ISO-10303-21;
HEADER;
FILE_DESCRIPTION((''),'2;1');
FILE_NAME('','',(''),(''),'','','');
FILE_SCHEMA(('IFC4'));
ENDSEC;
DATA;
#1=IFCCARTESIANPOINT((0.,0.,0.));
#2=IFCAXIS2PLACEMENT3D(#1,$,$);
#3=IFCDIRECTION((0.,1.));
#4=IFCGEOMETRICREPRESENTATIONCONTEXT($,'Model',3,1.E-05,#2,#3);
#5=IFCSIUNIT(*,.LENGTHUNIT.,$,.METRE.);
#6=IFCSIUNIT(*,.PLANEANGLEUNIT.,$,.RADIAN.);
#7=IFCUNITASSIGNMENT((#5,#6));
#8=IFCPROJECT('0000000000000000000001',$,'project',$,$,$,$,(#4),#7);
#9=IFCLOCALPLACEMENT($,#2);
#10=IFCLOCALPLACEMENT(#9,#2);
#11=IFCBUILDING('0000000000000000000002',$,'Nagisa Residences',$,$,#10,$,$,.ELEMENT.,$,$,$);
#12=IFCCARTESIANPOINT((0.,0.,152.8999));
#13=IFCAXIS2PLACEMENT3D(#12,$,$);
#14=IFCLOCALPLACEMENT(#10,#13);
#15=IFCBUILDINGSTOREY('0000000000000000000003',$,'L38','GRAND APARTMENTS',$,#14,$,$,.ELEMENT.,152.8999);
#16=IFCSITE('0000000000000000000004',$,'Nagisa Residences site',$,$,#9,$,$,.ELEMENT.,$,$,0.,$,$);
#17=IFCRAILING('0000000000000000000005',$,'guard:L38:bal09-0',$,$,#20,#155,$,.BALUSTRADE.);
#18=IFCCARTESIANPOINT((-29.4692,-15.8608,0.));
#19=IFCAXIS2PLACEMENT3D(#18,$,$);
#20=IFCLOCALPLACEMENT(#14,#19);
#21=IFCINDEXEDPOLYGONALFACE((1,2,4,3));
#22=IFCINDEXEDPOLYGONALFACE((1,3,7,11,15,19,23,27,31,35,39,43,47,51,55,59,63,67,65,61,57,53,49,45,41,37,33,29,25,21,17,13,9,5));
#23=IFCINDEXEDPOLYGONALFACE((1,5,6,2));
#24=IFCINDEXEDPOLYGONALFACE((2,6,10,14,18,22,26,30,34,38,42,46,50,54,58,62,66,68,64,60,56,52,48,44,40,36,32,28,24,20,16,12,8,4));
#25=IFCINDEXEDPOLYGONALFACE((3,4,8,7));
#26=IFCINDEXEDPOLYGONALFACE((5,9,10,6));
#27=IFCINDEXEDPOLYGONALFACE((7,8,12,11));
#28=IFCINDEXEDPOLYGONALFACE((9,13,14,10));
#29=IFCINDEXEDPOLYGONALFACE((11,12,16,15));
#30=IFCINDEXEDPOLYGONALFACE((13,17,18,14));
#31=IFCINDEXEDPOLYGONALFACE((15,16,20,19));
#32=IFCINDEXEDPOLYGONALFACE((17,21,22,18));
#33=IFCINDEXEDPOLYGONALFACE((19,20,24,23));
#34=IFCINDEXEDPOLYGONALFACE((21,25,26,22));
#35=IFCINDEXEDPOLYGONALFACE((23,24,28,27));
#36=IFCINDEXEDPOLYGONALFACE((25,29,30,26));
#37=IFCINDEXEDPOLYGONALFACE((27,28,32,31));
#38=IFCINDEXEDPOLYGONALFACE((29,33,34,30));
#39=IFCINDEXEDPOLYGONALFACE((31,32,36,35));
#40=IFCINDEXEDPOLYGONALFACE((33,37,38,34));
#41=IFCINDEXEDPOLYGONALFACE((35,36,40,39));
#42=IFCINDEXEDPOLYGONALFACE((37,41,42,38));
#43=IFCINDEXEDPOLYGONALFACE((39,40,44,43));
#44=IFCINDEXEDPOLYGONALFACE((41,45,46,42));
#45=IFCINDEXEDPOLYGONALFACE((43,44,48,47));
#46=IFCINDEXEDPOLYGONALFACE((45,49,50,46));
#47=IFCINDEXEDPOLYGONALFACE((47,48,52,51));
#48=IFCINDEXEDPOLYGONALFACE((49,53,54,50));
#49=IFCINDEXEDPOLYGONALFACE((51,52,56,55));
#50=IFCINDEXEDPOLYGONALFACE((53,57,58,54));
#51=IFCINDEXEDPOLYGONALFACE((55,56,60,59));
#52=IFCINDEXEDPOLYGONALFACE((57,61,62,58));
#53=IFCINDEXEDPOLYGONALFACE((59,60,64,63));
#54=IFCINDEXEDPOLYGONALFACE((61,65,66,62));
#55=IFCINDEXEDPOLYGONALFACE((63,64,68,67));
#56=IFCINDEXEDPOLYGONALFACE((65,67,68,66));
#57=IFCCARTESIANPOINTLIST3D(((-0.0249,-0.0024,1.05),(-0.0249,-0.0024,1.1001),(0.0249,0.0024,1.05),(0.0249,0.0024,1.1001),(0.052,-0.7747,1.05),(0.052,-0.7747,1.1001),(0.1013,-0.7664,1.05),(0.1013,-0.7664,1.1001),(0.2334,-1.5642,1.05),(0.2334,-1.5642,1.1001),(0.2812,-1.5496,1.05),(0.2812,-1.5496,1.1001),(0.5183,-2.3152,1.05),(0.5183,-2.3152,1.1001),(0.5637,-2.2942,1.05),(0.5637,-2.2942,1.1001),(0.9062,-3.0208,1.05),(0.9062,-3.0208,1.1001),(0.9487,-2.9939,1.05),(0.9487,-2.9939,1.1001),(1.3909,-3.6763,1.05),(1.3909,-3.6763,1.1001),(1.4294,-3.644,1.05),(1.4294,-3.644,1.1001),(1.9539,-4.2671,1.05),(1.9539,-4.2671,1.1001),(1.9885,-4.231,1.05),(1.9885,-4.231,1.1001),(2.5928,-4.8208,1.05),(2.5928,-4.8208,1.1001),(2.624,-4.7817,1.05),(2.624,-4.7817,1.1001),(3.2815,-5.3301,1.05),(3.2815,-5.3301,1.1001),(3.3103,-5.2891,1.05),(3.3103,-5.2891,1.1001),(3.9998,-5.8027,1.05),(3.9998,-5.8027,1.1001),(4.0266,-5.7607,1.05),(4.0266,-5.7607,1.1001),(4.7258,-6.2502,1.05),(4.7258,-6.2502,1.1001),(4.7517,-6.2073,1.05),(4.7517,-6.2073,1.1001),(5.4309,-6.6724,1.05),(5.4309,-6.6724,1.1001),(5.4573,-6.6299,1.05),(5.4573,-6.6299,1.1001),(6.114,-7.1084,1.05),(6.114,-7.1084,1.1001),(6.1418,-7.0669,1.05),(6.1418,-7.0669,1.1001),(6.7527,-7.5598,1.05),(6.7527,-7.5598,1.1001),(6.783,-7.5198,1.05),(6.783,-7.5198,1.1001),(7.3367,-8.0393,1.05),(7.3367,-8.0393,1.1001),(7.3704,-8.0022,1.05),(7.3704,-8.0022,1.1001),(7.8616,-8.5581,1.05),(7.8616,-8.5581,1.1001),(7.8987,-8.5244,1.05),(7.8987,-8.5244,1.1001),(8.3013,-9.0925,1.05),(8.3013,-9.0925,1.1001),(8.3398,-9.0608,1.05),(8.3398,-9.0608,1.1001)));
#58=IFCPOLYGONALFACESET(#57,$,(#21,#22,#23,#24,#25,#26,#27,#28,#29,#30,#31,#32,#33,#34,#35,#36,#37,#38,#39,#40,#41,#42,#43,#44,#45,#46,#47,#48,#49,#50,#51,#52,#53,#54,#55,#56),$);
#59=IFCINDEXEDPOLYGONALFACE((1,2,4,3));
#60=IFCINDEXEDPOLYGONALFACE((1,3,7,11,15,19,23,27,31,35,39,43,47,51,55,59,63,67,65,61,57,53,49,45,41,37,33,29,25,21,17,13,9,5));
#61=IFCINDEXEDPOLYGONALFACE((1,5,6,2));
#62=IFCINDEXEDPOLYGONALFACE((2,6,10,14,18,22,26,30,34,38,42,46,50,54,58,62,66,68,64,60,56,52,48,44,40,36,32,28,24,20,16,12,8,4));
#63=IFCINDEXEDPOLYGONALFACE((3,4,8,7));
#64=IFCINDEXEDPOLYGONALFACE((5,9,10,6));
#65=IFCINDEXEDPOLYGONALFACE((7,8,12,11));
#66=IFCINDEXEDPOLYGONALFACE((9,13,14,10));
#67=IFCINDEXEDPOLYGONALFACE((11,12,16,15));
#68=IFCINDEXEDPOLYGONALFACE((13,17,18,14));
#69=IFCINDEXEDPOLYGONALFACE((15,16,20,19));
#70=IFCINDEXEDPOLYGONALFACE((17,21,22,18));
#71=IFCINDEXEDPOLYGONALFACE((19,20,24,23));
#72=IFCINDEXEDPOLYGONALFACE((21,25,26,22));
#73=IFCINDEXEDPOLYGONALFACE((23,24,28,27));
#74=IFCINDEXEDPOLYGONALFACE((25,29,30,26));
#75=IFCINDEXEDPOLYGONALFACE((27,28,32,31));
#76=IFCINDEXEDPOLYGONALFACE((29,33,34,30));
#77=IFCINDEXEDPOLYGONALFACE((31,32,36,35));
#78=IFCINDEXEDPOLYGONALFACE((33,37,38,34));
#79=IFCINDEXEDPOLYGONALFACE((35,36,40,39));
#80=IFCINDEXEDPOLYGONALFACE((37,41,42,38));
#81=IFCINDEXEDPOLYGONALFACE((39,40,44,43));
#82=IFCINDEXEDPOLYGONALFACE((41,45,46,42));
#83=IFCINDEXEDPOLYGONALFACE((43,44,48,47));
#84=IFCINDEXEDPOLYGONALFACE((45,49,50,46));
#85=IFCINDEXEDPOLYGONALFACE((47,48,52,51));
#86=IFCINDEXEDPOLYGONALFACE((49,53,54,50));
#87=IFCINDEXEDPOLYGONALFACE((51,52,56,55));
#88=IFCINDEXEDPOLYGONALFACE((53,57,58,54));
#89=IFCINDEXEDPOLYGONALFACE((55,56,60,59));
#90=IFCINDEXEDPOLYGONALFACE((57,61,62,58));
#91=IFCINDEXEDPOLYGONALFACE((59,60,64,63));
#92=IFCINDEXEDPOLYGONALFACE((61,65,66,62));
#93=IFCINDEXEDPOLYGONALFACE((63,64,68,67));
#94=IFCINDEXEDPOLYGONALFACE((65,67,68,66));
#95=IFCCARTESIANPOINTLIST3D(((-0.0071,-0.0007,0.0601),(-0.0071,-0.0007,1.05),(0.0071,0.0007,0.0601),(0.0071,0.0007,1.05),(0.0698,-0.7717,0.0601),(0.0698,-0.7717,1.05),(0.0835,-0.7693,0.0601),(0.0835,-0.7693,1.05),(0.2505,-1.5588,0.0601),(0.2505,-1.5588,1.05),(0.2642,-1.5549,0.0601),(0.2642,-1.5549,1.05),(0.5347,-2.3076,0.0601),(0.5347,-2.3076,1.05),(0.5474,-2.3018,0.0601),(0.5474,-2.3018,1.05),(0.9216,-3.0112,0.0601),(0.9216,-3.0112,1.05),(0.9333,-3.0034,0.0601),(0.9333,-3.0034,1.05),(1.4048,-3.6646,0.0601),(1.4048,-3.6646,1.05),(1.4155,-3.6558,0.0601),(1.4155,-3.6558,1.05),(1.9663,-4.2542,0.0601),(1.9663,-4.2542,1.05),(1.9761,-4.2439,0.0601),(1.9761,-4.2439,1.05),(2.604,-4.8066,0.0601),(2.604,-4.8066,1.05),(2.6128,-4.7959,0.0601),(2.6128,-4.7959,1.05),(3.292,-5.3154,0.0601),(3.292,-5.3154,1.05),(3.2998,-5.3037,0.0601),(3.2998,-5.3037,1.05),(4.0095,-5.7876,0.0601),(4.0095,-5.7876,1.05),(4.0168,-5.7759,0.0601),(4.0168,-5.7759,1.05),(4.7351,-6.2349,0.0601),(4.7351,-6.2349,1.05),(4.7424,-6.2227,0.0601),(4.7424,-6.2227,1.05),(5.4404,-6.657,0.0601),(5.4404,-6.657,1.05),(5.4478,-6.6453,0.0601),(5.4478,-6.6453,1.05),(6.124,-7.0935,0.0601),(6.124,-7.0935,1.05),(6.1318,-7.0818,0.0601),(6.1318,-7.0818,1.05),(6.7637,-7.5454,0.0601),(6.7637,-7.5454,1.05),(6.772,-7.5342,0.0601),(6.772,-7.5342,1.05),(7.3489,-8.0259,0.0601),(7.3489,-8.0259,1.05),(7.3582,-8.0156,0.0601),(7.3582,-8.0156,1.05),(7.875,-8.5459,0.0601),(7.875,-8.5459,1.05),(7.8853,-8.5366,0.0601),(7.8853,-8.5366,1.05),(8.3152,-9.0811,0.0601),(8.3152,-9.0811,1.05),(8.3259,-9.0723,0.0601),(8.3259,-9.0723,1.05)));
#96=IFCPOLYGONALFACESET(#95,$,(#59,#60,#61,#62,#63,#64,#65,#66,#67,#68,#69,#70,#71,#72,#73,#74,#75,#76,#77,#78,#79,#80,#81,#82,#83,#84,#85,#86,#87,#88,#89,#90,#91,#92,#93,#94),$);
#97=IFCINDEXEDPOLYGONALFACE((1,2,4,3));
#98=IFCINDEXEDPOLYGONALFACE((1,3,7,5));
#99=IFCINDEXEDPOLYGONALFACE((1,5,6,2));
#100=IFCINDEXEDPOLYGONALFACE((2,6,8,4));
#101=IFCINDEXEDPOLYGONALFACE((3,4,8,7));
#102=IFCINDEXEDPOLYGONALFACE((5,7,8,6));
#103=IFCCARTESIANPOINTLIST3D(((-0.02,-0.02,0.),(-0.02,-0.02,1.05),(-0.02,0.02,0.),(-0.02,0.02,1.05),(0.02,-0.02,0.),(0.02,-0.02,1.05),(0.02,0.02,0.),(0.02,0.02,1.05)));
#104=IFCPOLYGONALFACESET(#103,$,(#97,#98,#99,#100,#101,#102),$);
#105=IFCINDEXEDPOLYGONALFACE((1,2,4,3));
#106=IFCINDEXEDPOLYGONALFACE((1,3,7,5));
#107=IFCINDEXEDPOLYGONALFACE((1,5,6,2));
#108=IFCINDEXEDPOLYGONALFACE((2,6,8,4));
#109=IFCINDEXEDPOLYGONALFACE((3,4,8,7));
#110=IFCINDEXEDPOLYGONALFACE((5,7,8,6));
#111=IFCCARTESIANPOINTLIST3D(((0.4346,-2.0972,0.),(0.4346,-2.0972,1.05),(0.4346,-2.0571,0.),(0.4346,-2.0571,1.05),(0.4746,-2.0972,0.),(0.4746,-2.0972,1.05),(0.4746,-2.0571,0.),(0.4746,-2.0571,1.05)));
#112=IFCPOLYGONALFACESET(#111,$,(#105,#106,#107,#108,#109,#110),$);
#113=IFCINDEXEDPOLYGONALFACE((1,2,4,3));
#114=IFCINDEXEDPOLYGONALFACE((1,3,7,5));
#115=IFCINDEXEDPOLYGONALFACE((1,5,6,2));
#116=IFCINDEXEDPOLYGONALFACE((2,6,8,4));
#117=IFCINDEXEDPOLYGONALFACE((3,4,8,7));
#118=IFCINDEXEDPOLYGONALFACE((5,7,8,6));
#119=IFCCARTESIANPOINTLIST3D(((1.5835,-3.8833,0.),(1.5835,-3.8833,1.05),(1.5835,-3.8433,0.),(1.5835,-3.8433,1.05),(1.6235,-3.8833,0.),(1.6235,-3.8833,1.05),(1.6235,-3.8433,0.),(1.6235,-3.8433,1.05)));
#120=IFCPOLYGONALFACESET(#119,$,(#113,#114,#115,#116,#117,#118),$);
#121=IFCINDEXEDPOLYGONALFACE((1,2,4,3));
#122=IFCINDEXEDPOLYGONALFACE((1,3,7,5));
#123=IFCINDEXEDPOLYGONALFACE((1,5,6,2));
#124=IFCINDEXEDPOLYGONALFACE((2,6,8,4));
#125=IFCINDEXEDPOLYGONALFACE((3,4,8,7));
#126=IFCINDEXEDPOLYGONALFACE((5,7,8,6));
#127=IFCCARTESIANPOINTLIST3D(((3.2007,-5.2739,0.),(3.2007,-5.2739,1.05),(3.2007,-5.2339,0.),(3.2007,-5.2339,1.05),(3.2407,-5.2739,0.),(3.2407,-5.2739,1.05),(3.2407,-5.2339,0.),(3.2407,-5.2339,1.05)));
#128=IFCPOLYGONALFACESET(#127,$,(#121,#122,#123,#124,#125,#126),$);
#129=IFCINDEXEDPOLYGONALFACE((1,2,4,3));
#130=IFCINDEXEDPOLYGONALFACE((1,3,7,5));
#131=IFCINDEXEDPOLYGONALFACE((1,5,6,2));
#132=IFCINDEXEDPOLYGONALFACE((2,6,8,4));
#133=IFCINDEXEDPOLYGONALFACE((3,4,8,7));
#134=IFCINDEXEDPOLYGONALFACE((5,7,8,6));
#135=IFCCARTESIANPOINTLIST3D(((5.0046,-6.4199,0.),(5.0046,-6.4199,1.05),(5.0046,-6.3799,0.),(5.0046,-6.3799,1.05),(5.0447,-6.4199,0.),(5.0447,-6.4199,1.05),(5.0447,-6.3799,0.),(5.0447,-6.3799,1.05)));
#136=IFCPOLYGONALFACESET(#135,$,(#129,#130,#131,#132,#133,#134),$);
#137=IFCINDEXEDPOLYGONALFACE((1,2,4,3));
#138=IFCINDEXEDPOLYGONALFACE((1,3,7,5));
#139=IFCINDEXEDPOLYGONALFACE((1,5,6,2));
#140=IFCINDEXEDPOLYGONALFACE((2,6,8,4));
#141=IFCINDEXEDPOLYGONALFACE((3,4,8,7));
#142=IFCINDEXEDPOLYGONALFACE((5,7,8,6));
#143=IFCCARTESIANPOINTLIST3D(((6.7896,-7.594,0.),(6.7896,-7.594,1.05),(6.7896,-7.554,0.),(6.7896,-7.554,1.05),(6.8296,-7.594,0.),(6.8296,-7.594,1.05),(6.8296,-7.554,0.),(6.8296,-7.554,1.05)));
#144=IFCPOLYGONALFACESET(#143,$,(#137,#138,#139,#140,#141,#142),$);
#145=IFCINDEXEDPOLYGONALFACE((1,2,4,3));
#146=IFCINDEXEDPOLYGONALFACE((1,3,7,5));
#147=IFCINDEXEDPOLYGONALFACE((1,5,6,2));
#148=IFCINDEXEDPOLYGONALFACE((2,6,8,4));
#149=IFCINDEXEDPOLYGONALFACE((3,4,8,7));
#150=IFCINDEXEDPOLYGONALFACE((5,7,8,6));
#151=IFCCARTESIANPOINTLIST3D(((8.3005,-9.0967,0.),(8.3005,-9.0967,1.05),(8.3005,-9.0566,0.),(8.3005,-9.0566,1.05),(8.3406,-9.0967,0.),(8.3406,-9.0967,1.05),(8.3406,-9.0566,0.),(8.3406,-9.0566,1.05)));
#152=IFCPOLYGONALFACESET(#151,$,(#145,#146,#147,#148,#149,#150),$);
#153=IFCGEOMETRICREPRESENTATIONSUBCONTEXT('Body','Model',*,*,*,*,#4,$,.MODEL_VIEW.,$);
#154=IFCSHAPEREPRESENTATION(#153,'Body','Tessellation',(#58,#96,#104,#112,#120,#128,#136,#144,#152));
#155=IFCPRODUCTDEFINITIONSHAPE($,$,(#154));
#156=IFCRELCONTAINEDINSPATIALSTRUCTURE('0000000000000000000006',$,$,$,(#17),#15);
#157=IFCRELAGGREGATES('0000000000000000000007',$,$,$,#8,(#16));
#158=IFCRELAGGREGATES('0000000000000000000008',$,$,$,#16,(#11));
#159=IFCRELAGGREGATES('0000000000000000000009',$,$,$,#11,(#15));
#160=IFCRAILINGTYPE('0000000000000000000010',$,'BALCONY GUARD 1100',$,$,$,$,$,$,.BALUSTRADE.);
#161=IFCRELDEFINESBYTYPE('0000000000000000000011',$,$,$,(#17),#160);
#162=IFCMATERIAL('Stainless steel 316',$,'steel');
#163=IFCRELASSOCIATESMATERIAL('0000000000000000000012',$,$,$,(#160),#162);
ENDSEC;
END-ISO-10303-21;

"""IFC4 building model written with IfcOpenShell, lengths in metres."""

from ifc_helpers import new_model, si_unit, direction, frame, origin, origin_2d, place, context, subcontext, project, spatial, polyline, rectangle, outline, extrude, material, type_object, element, save


model = new_model("IFC4")

# Units and contexts
model_context = context("Model", 3, precision=1e-05, world=origin(), true_north=direction((0.0, 1.0)))
body_context = subcontext(model_context, "Body", "Model", "MODEL_VIEW")
ifc_project = project(units=[si_unit("LENGTHUNIT", "METRE"), si_unit("PLANEANGLEUNIT", "RADIAN")], contexts=[model_context])

# Site, building, storey
site_placement = place(None, origin())
site = spatial("IfcSite", under=ifc_project, at=site_placement, Name="Nagisa Residences site", CompositionType="ELEMENT", RefElevation=0.0)
building_placement = place(site_placement, origin())
building = spatial("IfcBuilding", under=site, at=building_placement, Name="Nagisa Residences", CompositionType="ELEMENT")
storey_placement = place(building_placement, frame((0.0, 0.0, 152.8999)))
storey = spatial("IfcBuildingStorey", under=building, at=storey_placement, Name="L38", Description="GRAND APARTMENTS", CompositionType="ELEMENT", Elevation=152.8999)

# Railing
ifc_material_1 = material(Name="Stainless steel 316", Category="steel")
railing_type = type_object("IfcRailingType", Name="BALCONY GUARD 1100", PredefinedType="BALUSTRADE", material=ifc_material_1)
railing_1_placement = place(storey_placement, frame((-29.4692, -15.8608, 0.0)))
element("IfcRailing", 1, at=railing_1_placement, inside=storey, type_object=railing_type, Name="guard:L38:bal09-0", PredefinedType="BALUSTRADE", context=body_context, shape_type="SweptSolid", body=[
    extrude(outline(polyline([(0.1013, -0.7664), (0.0249, 0.0024), (-0.0249, -0.0024), (0.052, -0.7747), (0.2334, -1.5642), (0.5183, -2.3152), (0.9062, -3.0208), (1.3909, -3.6763), (1.9539, -4.2671), (2.5928, -4.8208), (3.2815, -5.3301), (3.9998, -5.8027), (4.7258, -6.2502), (5.4309, -6.6724), (6.114, -7.1084), (6.7527, -7.5598), (7.3367, -8.0393), (7.8616, -8.5581), (8.3013, -9.0925), (8.3398, -9.0608), (7.8987, -8.5244), (7.3704, -8.0022), (6.783, -7.5198), (6.1418, -7.0669), (5.4573, -6.6299), (4.7517, -6.2073), (4.0266, -5.7607), (3.3103, -5.2891), (2.624, -4.7817), (1.9885, -4.231), (1.4294, -3.644), (0.9487, -2.9939), (0.5637, -2.2942), (0.2812, -1.5496), (0.1013, -0.7664)])), frame((0.0, 0.0, 1.05)), (0.0, 0.0, 1.0), 0.05),
    extrude(outline(polyline([(0.0835, -0.7693), (0.0071, 0.0007), (-0.0071, -0.0007), (0.0698, -0.7717), (0.2505, -1.5588), (0.5347, -2.3076), (0.9216, -3.0112), (1.4048, -3.6646), (1.9663, -4.2542), (2.604, -4.8066), (3.292, -5.3154), (4.0095, -5.7876), (4.7351, -6.2349), (5.4404, -6.657), (6.124, -7.0935), (6.7637, -7.5454), (7.3489, -8.0259), (7.875, -8.5459), (8.3152, -9.0811), (8.3259, -9.0723), (7.8853, -8.5366), (7.3582, -8.0156), (6.772, -7.5342), (6.1318, -7.0818), (5.4478, -6.6453), (4.7424, -6.2227), (4.0168, -5.7759), (3.2998, -5.3037), (2.6128, -4.7959), (1.9761, -4.2439), (1.4155, -3.6558), (0.9333, -3.0034), (0.5474, -2.3018), (0.2642, -1.5549), (0.0835, -0.7693)])), frame((0.0, 0.0, 0.0601)), (0.0, 0.0, 1.0), 0.99),
    extrude(rectangle(XDim=0.04, YDim=0.04, at=origin_2d()), origin(), (0.0, 0.0, 1.0), 1.05),
    extrude(rectangle(XDim=0.04, YDim=0.04, at=origin_2d()), frame((0.4546, -2.0771, 0.0)), (0.0, 0.0, 1.0), 1.05),
    extrude(rectangle(XDim=0.04, YDim=0.04, at=origin_2d()), frame((1.6035, -3.8633, 0.0)), (0.0, 0.0, 1.0), 1.05),
    extrude(rectangle(XDim=0.04, YDim=0.04, at=origin_2d()), frame((3.2207, -5.2539, 0.0)), (0.0, 0.0, 1.0), 1.05),
    extrude(rectangle(XDim=0.04, YDim=0.04, at=origin_2d()), frame((5.0247, -6.3999, 0.0)), (0.0, 0.0, 1.0), 1.05),
    extrude(rectangle(XDim=0.04, YDim=0.04, at=origin_2d()), frame((6.8096, -7.574, 0.0)), (0.0, 0.0, 1.0), 1.05),
    extrude(rectangle(XDim=0.04, YDim=0.04, at=origin_2d()), frame((8.3206, -9.0767, 0.0)), (0.0, 0.0, 1.0), 1.05),
])

save(model, "model.ifc")
